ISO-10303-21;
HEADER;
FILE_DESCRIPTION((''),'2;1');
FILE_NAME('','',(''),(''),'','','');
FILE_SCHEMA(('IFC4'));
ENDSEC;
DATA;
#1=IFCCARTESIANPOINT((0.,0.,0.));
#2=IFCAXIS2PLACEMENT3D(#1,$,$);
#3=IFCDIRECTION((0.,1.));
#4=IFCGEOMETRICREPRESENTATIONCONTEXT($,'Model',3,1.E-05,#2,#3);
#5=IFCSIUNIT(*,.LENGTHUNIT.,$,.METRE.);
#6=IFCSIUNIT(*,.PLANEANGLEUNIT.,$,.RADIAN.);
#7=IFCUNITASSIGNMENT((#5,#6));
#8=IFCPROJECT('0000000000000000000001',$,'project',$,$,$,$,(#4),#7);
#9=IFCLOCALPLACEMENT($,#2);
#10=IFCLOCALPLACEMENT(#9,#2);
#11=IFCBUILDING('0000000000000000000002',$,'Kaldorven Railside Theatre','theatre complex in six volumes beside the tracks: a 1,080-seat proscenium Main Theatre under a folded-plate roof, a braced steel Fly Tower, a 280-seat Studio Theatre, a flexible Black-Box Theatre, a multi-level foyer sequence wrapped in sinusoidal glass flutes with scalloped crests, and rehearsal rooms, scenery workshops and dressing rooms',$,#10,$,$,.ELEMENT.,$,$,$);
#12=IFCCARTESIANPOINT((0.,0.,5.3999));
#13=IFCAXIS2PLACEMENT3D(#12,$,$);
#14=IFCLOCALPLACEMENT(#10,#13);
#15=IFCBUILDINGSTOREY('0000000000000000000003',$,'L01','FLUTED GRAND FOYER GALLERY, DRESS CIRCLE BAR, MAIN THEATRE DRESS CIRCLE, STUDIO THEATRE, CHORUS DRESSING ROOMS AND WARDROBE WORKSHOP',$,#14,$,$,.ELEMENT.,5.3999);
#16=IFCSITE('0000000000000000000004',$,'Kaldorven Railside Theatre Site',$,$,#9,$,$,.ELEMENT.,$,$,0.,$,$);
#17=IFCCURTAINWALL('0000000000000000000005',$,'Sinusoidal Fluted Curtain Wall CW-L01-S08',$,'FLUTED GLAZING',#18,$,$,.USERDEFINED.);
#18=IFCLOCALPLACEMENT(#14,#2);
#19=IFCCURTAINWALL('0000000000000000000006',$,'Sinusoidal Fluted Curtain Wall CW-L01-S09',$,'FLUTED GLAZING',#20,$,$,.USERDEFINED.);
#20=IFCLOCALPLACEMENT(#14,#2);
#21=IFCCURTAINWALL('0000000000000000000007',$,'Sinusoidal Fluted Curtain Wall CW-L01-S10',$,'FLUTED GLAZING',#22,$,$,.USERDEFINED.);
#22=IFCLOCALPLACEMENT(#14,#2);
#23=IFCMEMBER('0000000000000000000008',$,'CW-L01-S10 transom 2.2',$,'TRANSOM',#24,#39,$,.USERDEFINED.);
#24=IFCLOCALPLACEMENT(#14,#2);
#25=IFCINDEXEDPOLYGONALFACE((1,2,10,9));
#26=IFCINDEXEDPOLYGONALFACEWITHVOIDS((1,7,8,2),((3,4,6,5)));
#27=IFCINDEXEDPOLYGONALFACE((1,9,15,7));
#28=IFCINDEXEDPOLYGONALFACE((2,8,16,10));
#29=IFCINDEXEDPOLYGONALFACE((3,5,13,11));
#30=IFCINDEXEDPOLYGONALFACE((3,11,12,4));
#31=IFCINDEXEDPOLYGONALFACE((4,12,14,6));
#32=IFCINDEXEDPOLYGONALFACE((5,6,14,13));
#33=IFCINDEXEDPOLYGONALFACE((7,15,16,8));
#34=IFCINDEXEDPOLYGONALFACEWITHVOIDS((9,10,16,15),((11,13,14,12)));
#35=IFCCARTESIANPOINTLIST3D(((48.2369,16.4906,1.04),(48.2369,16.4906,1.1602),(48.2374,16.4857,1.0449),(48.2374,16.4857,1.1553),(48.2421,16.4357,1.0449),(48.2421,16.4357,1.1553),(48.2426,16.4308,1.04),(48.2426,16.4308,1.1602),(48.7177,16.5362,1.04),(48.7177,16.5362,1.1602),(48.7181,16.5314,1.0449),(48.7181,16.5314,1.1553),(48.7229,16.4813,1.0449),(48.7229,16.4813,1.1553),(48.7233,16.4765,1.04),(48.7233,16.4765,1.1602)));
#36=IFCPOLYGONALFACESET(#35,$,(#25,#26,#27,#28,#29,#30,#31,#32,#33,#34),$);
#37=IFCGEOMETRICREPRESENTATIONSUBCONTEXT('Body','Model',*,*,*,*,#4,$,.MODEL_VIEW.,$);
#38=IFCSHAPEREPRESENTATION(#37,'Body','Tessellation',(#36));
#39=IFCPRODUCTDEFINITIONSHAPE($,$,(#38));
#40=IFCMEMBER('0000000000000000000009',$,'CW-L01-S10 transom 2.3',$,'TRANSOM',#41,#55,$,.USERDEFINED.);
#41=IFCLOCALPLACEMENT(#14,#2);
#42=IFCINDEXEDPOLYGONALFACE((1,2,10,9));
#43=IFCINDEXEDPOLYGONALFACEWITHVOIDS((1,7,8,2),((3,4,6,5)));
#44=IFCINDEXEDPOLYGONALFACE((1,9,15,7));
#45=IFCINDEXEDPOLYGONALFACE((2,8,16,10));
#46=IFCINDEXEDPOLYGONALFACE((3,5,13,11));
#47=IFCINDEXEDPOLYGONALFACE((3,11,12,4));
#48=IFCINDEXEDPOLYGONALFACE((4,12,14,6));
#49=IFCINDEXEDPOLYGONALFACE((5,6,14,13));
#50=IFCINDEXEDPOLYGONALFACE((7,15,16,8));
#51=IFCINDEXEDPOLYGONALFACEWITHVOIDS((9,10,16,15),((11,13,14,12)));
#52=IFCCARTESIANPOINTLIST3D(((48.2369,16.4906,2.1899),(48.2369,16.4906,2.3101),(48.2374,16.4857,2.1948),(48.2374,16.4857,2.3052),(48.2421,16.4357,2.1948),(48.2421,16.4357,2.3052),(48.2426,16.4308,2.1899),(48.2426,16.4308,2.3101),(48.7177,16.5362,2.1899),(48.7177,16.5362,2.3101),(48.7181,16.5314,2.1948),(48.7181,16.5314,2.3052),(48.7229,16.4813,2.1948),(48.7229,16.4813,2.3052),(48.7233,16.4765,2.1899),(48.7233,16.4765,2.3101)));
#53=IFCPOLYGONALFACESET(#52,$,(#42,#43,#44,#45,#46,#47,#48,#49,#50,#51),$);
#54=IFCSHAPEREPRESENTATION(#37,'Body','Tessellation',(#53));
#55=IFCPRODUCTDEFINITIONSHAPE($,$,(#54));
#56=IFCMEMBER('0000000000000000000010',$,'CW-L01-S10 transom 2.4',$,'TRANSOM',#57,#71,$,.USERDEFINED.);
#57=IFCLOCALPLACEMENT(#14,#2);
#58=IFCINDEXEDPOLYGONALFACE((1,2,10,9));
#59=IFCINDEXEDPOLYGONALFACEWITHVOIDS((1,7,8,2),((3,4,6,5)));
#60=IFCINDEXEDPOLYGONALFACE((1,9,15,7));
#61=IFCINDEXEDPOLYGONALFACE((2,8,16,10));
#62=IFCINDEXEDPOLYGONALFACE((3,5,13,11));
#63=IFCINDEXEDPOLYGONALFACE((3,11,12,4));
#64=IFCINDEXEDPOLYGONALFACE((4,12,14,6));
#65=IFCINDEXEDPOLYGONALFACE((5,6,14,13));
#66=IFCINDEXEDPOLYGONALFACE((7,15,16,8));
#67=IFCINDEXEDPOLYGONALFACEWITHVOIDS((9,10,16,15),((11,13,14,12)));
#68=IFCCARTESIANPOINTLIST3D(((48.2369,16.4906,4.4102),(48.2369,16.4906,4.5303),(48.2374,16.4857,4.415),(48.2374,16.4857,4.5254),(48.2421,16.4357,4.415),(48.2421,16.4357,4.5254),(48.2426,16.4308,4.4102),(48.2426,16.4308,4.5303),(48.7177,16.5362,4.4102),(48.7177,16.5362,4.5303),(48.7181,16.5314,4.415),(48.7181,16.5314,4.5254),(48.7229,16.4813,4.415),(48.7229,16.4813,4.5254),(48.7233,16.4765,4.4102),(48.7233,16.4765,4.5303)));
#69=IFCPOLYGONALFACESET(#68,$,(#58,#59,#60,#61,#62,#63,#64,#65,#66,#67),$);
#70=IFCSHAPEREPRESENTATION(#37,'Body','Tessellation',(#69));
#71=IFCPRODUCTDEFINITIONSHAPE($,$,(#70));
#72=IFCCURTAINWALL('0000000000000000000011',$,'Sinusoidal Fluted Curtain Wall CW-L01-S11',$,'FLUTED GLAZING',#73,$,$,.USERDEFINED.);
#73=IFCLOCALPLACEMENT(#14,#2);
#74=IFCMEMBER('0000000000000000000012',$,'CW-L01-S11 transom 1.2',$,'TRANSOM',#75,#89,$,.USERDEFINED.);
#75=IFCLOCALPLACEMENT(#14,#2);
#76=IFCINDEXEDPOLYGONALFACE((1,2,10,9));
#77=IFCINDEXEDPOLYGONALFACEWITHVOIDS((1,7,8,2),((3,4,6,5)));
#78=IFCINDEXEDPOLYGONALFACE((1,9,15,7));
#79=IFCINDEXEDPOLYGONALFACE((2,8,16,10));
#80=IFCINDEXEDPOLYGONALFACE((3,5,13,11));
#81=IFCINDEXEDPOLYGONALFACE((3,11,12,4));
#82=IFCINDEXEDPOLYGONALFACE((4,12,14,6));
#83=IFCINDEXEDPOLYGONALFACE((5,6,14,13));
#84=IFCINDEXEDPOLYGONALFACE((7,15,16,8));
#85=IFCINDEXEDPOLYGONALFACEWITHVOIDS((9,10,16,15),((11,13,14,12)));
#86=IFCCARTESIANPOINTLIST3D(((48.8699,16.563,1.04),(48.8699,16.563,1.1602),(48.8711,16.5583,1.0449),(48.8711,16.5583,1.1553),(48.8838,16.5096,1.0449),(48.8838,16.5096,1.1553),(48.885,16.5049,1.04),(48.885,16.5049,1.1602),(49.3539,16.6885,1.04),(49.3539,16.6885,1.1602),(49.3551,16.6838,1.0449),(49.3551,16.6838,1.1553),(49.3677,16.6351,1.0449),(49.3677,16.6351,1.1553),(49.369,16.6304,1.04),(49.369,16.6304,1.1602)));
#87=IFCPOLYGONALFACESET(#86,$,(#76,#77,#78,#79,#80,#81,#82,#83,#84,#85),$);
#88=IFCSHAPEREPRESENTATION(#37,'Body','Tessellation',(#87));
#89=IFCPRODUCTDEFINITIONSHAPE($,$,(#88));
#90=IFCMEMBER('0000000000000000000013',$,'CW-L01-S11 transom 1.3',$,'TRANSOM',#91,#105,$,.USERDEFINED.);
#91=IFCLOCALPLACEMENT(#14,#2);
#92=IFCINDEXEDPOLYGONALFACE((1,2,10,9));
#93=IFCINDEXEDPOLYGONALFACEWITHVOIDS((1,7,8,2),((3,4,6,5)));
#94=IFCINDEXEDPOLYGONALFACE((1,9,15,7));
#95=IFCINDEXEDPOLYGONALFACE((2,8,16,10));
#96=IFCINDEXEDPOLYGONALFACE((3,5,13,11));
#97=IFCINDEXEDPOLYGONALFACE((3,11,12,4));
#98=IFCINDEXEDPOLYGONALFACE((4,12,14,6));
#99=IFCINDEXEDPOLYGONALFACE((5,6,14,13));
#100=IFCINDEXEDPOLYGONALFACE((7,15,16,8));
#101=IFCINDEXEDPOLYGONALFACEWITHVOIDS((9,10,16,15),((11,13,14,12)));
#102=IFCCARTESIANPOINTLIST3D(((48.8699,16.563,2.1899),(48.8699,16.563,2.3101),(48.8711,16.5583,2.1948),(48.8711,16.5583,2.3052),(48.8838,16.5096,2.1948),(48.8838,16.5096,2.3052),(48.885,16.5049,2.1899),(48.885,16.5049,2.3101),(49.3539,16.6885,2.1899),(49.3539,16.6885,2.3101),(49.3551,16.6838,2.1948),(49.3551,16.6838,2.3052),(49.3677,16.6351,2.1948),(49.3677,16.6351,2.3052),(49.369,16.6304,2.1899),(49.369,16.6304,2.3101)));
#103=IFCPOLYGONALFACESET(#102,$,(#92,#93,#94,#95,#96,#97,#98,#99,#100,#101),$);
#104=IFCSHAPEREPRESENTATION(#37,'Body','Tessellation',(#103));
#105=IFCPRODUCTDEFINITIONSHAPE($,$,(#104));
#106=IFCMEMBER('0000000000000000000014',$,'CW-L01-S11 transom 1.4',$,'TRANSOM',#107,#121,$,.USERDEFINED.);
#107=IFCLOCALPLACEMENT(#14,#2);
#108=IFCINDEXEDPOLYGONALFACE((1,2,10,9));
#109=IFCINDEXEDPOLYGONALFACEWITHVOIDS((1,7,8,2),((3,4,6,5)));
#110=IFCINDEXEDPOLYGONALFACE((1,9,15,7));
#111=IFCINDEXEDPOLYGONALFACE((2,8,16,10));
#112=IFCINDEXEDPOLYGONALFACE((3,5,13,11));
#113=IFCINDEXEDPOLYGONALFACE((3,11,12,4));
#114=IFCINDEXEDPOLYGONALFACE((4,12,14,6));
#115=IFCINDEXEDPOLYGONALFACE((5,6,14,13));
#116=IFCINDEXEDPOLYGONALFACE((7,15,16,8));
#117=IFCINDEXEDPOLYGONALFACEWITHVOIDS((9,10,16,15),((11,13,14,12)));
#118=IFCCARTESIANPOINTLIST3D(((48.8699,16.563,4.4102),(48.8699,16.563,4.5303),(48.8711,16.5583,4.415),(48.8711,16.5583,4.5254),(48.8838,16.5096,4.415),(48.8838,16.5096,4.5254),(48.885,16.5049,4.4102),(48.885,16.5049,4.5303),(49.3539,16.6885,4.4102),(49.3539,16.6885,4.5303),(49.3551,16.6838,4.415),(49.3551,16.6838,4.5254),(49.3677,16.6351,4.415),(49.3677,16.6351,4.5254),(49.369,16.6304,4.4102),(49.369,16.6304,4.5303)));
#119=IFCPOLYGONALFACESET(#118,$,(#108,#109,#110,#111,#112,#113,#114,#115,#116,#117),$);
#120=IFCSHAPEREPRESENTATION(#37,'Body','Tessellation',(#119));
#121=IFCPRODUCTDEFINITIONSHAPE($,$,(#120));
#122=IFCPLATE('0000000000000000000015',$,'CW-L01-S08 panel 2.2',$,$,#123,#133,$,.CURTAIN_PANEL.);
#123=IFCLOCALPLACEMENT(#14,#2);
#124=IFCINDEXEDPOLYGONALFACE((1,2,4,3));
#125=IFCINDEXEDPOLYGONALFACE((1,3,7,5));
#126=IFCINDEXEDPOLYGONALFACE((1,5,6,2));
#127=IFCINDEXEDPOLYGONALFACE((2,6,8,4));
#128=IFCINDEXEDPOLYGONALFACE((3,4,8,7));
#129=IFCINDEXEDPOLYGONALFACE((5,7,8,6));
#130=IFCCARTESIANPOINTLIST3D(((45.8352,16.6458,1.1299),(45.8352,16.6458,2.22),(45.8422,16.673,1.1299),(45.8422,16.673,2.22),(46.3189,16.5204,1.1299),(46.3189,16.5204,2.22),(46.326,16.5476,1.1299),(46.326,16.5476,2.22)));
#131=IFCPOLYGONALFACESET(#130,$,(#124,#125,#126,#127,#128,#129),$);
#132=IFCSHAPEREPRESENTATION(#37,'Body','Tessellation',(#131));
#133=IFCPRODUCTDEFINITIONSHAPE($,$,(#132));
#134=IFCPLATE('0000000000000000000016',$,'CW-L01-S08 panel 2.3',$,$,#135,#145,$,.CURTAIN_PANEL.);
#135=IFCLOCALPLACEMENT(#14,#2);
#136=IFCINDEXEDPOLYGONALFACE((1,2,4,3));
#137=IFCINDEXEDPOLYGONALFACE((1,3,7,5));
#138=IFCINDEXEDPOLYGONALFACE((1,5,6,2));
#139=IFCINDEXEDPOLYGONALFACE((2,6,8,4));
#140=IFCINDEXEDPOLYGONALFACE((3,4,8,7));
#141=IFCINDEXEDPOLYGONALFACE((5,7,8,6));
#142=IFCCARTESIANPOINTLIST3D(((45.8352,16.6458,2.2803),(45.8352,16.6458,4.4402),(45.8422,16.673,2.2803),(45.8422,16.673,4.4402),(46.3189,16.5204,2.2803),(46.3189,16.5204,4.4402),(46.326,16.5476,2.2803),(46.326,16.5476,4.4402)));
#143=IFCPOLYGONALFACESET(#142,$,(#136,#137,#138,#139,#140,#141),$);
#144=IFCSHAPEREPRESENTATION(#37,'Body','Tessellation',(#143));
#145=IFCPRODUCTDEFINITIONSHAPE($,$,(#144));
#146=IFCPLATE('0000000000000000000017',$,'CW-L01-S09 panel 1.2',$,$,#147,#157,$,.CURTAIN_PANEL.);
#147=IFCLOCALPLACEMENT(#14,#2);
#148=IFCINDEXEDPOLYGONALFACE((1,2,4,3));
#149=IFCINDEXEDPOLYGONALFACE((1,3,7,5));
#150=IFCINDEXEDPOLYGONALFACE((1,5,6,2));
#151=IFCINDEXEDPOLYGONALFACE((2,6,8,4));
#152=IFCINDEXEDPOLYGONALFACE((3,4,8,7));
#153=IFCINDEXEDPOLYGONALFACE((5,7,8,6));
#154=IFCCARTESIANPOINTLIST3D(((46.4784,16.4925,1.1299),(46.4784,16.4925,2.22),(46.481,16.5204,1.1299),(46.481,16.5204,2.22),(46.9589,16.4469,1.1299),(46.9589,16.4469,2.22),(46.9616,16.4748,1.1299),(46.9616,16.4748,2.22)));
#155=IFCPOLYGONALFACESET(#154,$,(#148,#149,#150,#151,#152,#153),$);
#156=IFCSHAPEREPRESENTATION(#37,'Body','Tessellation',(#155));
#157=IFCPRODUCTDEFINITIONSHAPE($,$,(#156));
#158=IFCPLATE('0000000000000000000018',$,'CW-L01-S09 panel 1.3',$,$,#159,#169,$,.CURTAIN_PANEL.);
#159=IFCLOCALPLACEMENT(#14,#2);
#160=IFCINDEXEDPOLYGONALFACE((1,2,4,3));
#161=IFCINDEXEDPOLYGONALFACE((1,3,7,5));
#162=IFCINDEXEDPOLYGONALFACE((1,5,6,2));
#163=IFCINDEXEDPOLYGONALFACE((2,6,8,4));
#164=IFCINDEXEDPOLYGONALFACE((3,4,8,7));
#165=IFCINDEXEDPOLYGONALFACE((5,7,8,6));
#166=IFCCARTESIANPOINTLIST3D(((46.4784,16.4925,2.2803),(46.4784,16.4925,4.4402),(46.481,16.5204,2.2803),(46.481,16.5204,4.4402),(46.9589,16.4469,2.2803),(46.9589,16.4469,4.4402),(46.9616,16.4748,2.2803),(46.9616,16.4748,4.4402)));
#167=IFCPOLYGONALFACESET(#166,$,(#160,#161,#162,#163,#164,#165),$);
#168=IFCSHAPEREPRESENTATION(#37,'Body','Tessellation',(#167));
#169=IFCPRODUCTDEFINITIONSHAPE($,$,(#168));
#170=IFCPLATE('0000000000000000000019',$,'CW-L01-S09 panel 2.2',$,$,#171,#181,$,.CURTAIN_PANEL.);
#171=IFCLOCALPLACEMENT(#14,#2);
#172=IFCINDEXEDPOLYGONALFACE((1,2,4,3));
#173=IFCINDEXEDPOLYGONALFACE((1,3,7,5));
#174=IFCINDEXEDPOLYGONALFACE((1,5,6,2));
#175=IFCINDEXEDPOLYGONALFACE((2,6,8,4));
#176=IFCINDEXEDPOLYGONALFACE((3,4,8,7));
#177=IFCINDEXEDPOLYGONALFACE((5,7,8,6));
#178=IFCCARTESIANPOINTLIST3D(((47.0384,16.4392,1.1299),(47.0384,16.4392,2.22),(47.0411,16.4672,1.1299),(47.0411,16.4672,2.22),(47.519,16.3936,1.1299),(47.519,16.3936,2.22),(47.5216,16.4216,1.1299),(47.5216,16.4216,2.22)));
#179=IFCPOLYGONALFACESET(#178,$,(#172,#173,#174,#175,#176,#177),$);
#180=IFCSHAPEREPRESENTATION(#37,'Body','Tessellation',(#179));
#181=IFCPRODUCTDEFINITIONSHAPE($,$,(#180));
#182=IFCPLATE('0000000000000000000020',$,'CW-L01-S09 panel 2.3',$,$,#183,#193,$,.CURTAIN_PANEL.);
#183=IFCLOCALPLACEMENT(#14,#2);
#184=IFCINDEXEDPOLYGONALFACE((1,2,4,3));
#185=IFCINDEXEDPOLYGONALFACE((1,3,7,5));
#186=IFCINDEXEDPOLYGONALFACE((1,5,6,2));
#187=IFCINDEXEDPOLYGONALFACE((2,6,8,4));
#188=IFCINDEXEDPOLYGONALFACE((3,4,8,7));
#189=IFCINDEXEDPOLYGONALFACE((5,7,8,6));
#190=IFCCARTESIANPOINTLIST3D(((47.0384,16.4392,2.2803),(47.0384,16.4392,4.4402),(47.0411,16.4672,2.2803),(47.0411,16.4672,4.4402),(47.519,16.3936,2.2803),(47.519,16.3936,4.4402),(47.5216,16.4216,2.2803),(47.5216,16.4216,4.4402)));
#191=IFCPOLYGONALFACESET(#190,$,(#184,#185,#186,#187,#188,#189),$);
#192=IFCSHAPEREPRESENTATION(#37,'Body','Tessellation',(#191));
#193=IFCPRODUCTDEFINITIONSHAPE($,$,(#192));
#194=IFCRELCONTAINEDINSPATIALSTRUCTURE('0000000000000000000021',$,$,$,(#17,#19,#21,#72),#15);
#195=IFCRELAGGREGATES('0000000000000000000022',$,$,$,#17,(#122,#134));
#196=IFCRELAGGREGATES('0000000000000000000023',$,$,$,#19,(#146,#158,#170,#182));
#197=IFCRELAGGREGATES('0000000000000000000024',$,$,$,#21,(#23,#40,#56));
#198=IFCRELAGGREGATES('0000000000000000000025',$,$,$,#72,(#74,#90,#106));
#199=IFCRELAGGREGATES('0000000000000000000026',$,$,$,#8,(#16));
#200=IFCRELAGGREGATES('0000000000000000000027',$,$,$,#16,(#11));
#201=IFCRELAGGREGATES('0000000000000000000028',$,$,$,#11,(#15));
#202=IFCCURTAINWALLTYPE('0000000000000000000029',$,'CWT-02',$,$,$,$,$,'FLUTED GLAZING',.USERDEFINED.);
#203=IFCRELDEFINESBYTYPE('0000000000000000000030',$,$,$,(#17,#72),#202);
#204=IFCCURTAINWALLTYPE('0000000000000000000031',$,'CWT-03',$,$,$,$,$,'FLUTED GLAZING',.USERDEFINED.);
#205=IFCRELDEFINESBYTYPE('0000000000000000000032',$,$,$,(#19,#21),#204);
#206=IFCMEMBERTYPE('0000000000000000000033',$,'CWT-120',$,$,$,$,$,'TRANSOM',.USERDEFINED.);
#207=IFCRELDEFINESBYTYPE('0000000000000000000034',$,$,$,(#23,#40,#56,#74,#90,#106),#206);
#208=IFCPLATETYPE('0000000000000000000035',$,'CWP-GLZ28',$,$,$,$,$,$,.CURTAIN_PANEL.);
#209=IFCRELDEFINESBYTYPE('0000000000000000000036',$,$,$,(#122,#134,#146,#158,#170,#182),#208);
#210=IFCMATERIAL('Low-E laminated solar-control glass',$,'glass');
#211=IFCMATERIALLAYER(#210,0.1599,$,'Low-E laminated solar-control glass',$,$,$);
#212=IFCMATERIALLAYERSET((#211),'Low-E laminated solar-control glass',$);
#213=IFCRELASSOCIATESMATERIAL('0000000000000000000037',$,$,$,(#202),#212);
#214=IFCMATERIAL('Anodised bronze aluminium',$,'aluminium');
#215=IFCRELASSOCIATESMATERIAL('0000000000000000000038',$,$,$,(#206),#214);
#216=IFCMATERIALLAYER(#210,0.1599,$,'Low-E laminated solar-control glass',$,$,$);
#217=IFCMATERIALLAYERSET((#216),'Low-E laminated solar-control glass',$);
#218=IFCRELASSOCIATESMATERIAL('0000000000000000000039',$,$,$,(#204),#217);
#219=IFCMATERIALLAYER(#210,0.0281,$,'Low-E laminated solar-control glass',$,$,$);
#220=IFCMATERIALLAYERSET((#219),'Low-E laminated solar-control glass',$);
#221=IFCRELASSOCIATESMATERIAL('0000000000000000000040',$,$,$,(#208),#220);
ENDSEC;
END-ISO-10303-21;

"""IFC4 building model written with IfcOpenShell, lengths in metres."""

from ifc_helpers import new_model, si_unit, direction, frame, origin, origin_2d, place, context, subcontext, project, spatial, rectangle, hollow_rectangle, extrude, material, layer, layer_set, material_profile, profile_set, type_object, element, aggregate, save


model = new_model("IFC4")

# Units and contexts
model_context = context("Model", 3, precision=1e-05, world=origin(), true_north=direction((0.0, 1.0)))
body_context = subcontext(model_context, "Body", "Model", "MODEL_VIEW")
ifc_project = project(units=[si_unit("LENGTHUNIT", "METRE"), si_unit("PLANEANGLEUNIT", "RADIAN")], contexts=[model_context])

# Site, building, storey
site_placement = place(None, origin())
site = spatial("IfcSite", under=ifc_project, at=site_placement, Name="Kaldorven Railside Theatre Site", CompositionType="ELEMENT", RefElevation=0.0)
building_placement = place(site_placement, origin())
building = spatial("IfcBuilding", under=site, at=building_placement, Name="Kaldorven Railside Theatre", Description="theatre complex in six volumes beside the tracks: a 1,080-seat proscenium Main Theatre under a folded-plate roof, a braced steel Fly Tower, a 280-seat Studio Theatre, a flexible Black-Box Theatre, a multi-level foyer sequence wrapped in sinusoidal glass flutes with scalloped crests, and rehearsal rooms, scenery workshops and dressing rooms", CompositionType="ELEMENT")
storey_placement = place(building_placement, frame((0.0, 0.0, 5.3999)))
storey = spatial("IfcBuildingStorey", under=building, at=storey_placement, Name="L01", Description="FLUTED GRAND FOYER GALLERY, DRESS CIRCLE BAR, MAIN THEATRE DRESS CIRCLE, STUDIO THEATRE, CHORUS DRESSING ROOMS AND WARDROBE WORKSHOP", CompositionType="ELEMENT", Elevation=5.3999)

# Curtain walls, members
ifc_material_1 = material(Name="Low-E laminated solar-control glass", Category="glass")
ifc_layer_1 = layer(ifc_material_1, 0.1599, Name="Low-E laminated solar-control glass")
ifc_layer_set_1 = layer_set([ifc_layer_1], Name="Low-E laminated solar-control glass")
curtain_wall_type_1 = type_object("IfcCurtainWallType", Name="CWT-02", ElementType="FLUTED GLAZING", PredefinedType="USERDEFINED", material=ifc_layer_set_1)
curtain_wall_1_placement = place(storey_placement, origin())
curtain_wall_1 = element("IfcCurtainWall", 1, at=curtain_wall_1_placement, inside=storey, type_object=curtain_wall_type_1, Name="Sinusoidal Fluted Curtain Wall CW-L01-S08", ObjectType="FLUTED GLAZING", PredefinedType="USERDEFINED")
ifc_material_2 = material(Name="Anodised bronze aluminium", Category="aluminium")
ifc_material_profile = material_profile(ifc_material_2, hollow_rectangle(XDim=0.0601, YDim=0.1201, WallThickness=0.0049, at=origin_2d()), Name="RHS 120x60x5")
ifc_profile_set = profile_set([ifc_material_profile], Name="Anodised bronze aluminium")
member_type = type_object("IfcMemberType", Name="CWT-120", ElementType="TRANSOM", PredefinedType="USERDEFINED", material=ifc_profile_set)
ifc_layer_2 = layer(ifc_material_1, 0.1599, Name="Low-E laminated solar-control glass")
ifc_layer_set_2 = layer_set([ifc_layer_2], Name="Low-E laminated solar-control glass")
curtain_wall_type_2 = type_object("IfcCurtainWallType", Name="CWT-03", ElementType="FLUTED GLAZING", PredefinedType="USERDEFINED", material=ifc_layer_set_2)
curtain_wall_2_placement = place(storey_placement, origin())
curtain_wall_2 = element("IfcCurtainWall", 2, at=curtain_wall_2_placement, inside=storey, type_object=curtain_wall_type_2, Name="Sinusoidal Fluted Curtain Wall CW-L01-S09", ObjectType="FLUTED GLAZING", PredefinedType="USERDEFINED")
curtain_wall_3_placement = place(storey_placement, origin())
curtain_wall_3 = element("IfcCurtainWall", 3, at=curtain_wall_3_placement, inside=storey, type_object=curtain_wall_type_2, Name="Sinusoidal Fluted Curtain Wall CW-L01-S10", ObjectType="FLUTED GLAZING", PredefinedType="USERDEFINED")
member_1_placement = place(storey_placement, frame((48.2397, 16.4607, 1.1001), z_axis=(0.99552, 0.094547, 0.0), x_axis=(-0.094547, 0.99552, 0.0)))
member_1 = element("IfcMember", 4, at=member_1_placement, type_object=member_type, Name="CW-L01-S10 transom 2.2", ObjectType="TRANSOM", PredefinedType="USERDEFINED", context=body_context, shape_type="SweptSolid", body=[
    extrude(hollow_rectangle(XDim=0.0601, YDim=0.1201, WallThickness=0.0049, at=origin_2d()), origin(), (0.0, 0.0, 1.0), 0.4829),
])
member_2_placement = place(storey_placement, frame((48.2397, 16.4607, 2.25), z_axis=(0.99552, 0.094547, 0.0), x_axis=(-0.094547, 0.99552, 0.0)))
member_2 = element("IfcMember", 5, at=member_2_placement, type_object=member_type, Name="CW-L01-S10 transom 2.3", ObjectType="TRANSOM", PredefinedType="USERDEFINED", context=body_context, shape_type="SweptSolid", body=[
    extrude(hollow_rectangle(XDim=0.0601, YDim=0.1201, WallThickness=0.0049, at=origin_2d()), origin(), (0.0, 0.0, 1.0), 0.4829),
])
member_3_placement = place(storey_placement, frame((48.2397, 16.4607, 4.4702), z_axis=(0.99552, 0.094547, 0.0), x_axis=(-0.094547, 0.99552, 0.0)))
member_3 = element("IfcMember", 6, at=member_3_placement, type_object=member_type, Name="CW-L01-S10 transom 2.4", ObjectType="TRANSOM", PredefinedType="USERDEFINED", context=body_context, shape_type="SweptSolid", body=[
    extrude(hollow_rectangle(XDim=0.0601, YDim=0.1201, WallThickness=0.0049, at=origin_2d()), origin(), (0.0, 0.0, 1.0), 0.4829),
])
curtain_wall_4_placement = place(storey_placement, origin())
curtain_wall_4 = element("IfcCurtainWall", 7, at=curtain_wall_4_placement, inside=storey, type_object=curtain_wall_type_1, Name="Sinusoidal Fluted Curtain Wall CW-L01-S11", ObjectType="FLUTED GLAZING", PredefinedType="USERDEFINED")
member_4_placement = place(storey_placement, frame((48.8774, 16.5339, 1.1001), z_axis=(0.967979, 0.25103, 0.0), x_axis=(-0.25103, 0.967979, 0.0)))
member_4 = element("IfcMember", 8, at=member_4_placement, type_object=member_type, Name="CW-L01-S11 transom 1.2", ObjectType="TRANSOM", PredefinedType="USERDEFINED", context=body_context, shape_type="SweptSolid", body=[
    extrude(hollow_rectangle(XDim=0.0601, YDim=0.1201, WallThickness=0.0049, at=origin_2d()), origin(), (0.0, 0.0, 1.0), 0.5),
])
member_5_placement = place(storey_placement, frame((48.8774, 16.5339, 2.25), z_axis=(0.967979, 0.25103, 0.0), x_axis=(-0.25103, 0.967979, 0.0)))
member_5 = element("IfcMember", 9, at=member_5_placement, type_object=member_type, Name="CW-L01-S11 transom 1.3", ObjectType="TRANSOM", PredefinedType="USERDEFINED", context=body_context, shape_type="SweptSolid", body=[
    extrude(hollow_rectangle(XDim=0.0601, YDim=0.1201, WallThickness=0.0049, at=origin_2d()), origin(), (0.0, 0.0, 1.0), 0.5),
])
member_6_placement = place(storey_placement, frame((48.8774, 16.5339, 4.4702), z_axis=(0.967979, 0.25103, 0.0), x_axis=(-0.25103, 0.967979, 0.0)))
member_6 = element("IfcMember", 10, at=member_6_placement, type_object=member_type, Name="CW-L01-S11 transom 1.4", ObjectType="TRANSOM", PredefinedType="USERDEFINED", context=body_context, shape_type="SweptSolid", body=[
    extrude(hollow_rectangle(XDim=0.0601, YDim=0.1201, WallThickness=0.0049, at=origin_2d()), origin(), (0.0, 0.0, 1.0), 0.5),
])

# Plates
ifc_layer_3 = layer(ifc_material_1, 0.0281, Name="Low-E laminated solar-control glass")
ifc_layer_set_3 = layer_set([ifc_layer_3], Name="Low-E laminated solar-control glass")
plate_type = type_object("IfcPlateType", Name="CWP-GLZ28", PredefinedType="CURTAIN_PANEL", material=ifc_layer_set_3)
plate_1_placement = place(storey_placement, frame((46.0806, 16.5967, 1.1299), z_axis=(0.0, 0.0, 1.0), x_axis=(0.967999, -0.250954, 0.0)))
plate_1 = element("IfcPlate", 11, at=plate_1_placement, type_object=plate_type, Name="CW-L01-S08 panel 2.2", PredefinedType="CURTAIN_PANEL", context=body_context, shape_type="SweptSolid", body=[
    extrude(rectangle(XDim=0.4998, YDim=0.0281, at=origin_2d()), origin(), (0.0, 0.0, 1.0), 1.0901),
])
plate_2_placement = place(storey_placement, frame((46.0806, 16.5967, 2.2803), z_axis=(0.0, 0.0, 1.0), x_axis=(0.967999, -0.250954, 0.0)))
plate_2 = element("IfcPlate", 12, at=plate_2_placement, type_object=plate_type, Name="CW-L01-S08 panel 2.3", PredefinedType="CURTAIN_PANEL", context=body_context, shape_type="SweptSolid", body=[
    extrude(rectangle(XDim=0.4998, YDim=0.0281, at=origin_2d()), origin(), (0.0, 0.0, 1.0), 2.1599),
])
aggregate(curtain_wall_1, [plate_1, plate_2])
plate_3_placement = place(storey_placement, frame((46.72, 16.4836, 1.1299), z_axis=(0.0, 0.0, 1.0), x_axis=(0.995526, -0.094492, 0.0)))
plate_3 = element("IfcPlate", 13, at=plate_3_placement, type_object=plate_type, Name="CW-L01-S09 panel 1.2", PredefinedType="CURTAIN_PANEL", context=body_context, shape_type="SweptSolid", body=[
    extrude(rectangle(XDim=0.4827, YDim=0.0281, at=origin_2d()), origin(), (0.0, 0.0, 1.0), 1.0901),
])
plate_4_placement = place(storey_placement, frame((46.72, 16.4836, 2.2803), z_axis=(0.0, 0.0, 1.0), x_axis=(0.995526, -0.094492, 0.0)))
plate_4 = element("IfcPlate", 14, at=plate_4_placement, type_object=plate_type, Name="CW-L01-S09 panel 1.3", PredefinedType="CURTAIN_PANEL", context=body_context, shape_type="SweptSolid", body=[
    extrude(rectangle(XDim=0.4827, YDim=0.0281, at=origin_2d()), origin(), (0.0, 0.0, 1.0), 2.1599),
])
plate_5_placement = place(storey_placement, frame((47.28, 16.4304, 1.1299), z_axis=(0.0, 0.0, 1.0), x_axis=(0.995526, -0.094492, 0.0)))
plate_5 = element("IfcPlate", 15, at=plate_5_placement, type_object=plate_type, Name="CW-L01-S09 panel 2.2", PredefinedType="CURTAIN_PANEL", context=body_context, shape_type="SweptSolid", body=[
    extrude(rectangle(XDim=0.4827, YDim=0.0281, at=origin_2d()), origin(), (0.0, 0.0, 1.0), 1.0901),
])
plate_6_placement = place(storey_placement, frame((47.28, 16.4304, 2.2803), z_axis=(0.0, 0.0, 1.0), x_axis=(0.995526, -0.094492, 0.0)))
plate_6 = element("IfcPlate", 16, at=plate_6_placement, type_object=plate_type, Name="CW-L01-S09 panel 2.3", PredefinedType="CURTAIN_PANEL", context=body_context, shape_type="SweptSolid", body=[
    extrude(rectangle(XDim=0.4827, YDim=0.0281, at=origin_2d()), origin(), (0.0, 0.0, 1.0), 2.1599),
])
aggregate(curtain_wall_2, [plate_3, plate_4, plate_5, plate_6])
aggregate(curtain_wall_3, [member_1, member_2, member_3])
aggregate(curtain_wall_4, [member_4, member_5, member_6])

save(model, "model.ifc")
